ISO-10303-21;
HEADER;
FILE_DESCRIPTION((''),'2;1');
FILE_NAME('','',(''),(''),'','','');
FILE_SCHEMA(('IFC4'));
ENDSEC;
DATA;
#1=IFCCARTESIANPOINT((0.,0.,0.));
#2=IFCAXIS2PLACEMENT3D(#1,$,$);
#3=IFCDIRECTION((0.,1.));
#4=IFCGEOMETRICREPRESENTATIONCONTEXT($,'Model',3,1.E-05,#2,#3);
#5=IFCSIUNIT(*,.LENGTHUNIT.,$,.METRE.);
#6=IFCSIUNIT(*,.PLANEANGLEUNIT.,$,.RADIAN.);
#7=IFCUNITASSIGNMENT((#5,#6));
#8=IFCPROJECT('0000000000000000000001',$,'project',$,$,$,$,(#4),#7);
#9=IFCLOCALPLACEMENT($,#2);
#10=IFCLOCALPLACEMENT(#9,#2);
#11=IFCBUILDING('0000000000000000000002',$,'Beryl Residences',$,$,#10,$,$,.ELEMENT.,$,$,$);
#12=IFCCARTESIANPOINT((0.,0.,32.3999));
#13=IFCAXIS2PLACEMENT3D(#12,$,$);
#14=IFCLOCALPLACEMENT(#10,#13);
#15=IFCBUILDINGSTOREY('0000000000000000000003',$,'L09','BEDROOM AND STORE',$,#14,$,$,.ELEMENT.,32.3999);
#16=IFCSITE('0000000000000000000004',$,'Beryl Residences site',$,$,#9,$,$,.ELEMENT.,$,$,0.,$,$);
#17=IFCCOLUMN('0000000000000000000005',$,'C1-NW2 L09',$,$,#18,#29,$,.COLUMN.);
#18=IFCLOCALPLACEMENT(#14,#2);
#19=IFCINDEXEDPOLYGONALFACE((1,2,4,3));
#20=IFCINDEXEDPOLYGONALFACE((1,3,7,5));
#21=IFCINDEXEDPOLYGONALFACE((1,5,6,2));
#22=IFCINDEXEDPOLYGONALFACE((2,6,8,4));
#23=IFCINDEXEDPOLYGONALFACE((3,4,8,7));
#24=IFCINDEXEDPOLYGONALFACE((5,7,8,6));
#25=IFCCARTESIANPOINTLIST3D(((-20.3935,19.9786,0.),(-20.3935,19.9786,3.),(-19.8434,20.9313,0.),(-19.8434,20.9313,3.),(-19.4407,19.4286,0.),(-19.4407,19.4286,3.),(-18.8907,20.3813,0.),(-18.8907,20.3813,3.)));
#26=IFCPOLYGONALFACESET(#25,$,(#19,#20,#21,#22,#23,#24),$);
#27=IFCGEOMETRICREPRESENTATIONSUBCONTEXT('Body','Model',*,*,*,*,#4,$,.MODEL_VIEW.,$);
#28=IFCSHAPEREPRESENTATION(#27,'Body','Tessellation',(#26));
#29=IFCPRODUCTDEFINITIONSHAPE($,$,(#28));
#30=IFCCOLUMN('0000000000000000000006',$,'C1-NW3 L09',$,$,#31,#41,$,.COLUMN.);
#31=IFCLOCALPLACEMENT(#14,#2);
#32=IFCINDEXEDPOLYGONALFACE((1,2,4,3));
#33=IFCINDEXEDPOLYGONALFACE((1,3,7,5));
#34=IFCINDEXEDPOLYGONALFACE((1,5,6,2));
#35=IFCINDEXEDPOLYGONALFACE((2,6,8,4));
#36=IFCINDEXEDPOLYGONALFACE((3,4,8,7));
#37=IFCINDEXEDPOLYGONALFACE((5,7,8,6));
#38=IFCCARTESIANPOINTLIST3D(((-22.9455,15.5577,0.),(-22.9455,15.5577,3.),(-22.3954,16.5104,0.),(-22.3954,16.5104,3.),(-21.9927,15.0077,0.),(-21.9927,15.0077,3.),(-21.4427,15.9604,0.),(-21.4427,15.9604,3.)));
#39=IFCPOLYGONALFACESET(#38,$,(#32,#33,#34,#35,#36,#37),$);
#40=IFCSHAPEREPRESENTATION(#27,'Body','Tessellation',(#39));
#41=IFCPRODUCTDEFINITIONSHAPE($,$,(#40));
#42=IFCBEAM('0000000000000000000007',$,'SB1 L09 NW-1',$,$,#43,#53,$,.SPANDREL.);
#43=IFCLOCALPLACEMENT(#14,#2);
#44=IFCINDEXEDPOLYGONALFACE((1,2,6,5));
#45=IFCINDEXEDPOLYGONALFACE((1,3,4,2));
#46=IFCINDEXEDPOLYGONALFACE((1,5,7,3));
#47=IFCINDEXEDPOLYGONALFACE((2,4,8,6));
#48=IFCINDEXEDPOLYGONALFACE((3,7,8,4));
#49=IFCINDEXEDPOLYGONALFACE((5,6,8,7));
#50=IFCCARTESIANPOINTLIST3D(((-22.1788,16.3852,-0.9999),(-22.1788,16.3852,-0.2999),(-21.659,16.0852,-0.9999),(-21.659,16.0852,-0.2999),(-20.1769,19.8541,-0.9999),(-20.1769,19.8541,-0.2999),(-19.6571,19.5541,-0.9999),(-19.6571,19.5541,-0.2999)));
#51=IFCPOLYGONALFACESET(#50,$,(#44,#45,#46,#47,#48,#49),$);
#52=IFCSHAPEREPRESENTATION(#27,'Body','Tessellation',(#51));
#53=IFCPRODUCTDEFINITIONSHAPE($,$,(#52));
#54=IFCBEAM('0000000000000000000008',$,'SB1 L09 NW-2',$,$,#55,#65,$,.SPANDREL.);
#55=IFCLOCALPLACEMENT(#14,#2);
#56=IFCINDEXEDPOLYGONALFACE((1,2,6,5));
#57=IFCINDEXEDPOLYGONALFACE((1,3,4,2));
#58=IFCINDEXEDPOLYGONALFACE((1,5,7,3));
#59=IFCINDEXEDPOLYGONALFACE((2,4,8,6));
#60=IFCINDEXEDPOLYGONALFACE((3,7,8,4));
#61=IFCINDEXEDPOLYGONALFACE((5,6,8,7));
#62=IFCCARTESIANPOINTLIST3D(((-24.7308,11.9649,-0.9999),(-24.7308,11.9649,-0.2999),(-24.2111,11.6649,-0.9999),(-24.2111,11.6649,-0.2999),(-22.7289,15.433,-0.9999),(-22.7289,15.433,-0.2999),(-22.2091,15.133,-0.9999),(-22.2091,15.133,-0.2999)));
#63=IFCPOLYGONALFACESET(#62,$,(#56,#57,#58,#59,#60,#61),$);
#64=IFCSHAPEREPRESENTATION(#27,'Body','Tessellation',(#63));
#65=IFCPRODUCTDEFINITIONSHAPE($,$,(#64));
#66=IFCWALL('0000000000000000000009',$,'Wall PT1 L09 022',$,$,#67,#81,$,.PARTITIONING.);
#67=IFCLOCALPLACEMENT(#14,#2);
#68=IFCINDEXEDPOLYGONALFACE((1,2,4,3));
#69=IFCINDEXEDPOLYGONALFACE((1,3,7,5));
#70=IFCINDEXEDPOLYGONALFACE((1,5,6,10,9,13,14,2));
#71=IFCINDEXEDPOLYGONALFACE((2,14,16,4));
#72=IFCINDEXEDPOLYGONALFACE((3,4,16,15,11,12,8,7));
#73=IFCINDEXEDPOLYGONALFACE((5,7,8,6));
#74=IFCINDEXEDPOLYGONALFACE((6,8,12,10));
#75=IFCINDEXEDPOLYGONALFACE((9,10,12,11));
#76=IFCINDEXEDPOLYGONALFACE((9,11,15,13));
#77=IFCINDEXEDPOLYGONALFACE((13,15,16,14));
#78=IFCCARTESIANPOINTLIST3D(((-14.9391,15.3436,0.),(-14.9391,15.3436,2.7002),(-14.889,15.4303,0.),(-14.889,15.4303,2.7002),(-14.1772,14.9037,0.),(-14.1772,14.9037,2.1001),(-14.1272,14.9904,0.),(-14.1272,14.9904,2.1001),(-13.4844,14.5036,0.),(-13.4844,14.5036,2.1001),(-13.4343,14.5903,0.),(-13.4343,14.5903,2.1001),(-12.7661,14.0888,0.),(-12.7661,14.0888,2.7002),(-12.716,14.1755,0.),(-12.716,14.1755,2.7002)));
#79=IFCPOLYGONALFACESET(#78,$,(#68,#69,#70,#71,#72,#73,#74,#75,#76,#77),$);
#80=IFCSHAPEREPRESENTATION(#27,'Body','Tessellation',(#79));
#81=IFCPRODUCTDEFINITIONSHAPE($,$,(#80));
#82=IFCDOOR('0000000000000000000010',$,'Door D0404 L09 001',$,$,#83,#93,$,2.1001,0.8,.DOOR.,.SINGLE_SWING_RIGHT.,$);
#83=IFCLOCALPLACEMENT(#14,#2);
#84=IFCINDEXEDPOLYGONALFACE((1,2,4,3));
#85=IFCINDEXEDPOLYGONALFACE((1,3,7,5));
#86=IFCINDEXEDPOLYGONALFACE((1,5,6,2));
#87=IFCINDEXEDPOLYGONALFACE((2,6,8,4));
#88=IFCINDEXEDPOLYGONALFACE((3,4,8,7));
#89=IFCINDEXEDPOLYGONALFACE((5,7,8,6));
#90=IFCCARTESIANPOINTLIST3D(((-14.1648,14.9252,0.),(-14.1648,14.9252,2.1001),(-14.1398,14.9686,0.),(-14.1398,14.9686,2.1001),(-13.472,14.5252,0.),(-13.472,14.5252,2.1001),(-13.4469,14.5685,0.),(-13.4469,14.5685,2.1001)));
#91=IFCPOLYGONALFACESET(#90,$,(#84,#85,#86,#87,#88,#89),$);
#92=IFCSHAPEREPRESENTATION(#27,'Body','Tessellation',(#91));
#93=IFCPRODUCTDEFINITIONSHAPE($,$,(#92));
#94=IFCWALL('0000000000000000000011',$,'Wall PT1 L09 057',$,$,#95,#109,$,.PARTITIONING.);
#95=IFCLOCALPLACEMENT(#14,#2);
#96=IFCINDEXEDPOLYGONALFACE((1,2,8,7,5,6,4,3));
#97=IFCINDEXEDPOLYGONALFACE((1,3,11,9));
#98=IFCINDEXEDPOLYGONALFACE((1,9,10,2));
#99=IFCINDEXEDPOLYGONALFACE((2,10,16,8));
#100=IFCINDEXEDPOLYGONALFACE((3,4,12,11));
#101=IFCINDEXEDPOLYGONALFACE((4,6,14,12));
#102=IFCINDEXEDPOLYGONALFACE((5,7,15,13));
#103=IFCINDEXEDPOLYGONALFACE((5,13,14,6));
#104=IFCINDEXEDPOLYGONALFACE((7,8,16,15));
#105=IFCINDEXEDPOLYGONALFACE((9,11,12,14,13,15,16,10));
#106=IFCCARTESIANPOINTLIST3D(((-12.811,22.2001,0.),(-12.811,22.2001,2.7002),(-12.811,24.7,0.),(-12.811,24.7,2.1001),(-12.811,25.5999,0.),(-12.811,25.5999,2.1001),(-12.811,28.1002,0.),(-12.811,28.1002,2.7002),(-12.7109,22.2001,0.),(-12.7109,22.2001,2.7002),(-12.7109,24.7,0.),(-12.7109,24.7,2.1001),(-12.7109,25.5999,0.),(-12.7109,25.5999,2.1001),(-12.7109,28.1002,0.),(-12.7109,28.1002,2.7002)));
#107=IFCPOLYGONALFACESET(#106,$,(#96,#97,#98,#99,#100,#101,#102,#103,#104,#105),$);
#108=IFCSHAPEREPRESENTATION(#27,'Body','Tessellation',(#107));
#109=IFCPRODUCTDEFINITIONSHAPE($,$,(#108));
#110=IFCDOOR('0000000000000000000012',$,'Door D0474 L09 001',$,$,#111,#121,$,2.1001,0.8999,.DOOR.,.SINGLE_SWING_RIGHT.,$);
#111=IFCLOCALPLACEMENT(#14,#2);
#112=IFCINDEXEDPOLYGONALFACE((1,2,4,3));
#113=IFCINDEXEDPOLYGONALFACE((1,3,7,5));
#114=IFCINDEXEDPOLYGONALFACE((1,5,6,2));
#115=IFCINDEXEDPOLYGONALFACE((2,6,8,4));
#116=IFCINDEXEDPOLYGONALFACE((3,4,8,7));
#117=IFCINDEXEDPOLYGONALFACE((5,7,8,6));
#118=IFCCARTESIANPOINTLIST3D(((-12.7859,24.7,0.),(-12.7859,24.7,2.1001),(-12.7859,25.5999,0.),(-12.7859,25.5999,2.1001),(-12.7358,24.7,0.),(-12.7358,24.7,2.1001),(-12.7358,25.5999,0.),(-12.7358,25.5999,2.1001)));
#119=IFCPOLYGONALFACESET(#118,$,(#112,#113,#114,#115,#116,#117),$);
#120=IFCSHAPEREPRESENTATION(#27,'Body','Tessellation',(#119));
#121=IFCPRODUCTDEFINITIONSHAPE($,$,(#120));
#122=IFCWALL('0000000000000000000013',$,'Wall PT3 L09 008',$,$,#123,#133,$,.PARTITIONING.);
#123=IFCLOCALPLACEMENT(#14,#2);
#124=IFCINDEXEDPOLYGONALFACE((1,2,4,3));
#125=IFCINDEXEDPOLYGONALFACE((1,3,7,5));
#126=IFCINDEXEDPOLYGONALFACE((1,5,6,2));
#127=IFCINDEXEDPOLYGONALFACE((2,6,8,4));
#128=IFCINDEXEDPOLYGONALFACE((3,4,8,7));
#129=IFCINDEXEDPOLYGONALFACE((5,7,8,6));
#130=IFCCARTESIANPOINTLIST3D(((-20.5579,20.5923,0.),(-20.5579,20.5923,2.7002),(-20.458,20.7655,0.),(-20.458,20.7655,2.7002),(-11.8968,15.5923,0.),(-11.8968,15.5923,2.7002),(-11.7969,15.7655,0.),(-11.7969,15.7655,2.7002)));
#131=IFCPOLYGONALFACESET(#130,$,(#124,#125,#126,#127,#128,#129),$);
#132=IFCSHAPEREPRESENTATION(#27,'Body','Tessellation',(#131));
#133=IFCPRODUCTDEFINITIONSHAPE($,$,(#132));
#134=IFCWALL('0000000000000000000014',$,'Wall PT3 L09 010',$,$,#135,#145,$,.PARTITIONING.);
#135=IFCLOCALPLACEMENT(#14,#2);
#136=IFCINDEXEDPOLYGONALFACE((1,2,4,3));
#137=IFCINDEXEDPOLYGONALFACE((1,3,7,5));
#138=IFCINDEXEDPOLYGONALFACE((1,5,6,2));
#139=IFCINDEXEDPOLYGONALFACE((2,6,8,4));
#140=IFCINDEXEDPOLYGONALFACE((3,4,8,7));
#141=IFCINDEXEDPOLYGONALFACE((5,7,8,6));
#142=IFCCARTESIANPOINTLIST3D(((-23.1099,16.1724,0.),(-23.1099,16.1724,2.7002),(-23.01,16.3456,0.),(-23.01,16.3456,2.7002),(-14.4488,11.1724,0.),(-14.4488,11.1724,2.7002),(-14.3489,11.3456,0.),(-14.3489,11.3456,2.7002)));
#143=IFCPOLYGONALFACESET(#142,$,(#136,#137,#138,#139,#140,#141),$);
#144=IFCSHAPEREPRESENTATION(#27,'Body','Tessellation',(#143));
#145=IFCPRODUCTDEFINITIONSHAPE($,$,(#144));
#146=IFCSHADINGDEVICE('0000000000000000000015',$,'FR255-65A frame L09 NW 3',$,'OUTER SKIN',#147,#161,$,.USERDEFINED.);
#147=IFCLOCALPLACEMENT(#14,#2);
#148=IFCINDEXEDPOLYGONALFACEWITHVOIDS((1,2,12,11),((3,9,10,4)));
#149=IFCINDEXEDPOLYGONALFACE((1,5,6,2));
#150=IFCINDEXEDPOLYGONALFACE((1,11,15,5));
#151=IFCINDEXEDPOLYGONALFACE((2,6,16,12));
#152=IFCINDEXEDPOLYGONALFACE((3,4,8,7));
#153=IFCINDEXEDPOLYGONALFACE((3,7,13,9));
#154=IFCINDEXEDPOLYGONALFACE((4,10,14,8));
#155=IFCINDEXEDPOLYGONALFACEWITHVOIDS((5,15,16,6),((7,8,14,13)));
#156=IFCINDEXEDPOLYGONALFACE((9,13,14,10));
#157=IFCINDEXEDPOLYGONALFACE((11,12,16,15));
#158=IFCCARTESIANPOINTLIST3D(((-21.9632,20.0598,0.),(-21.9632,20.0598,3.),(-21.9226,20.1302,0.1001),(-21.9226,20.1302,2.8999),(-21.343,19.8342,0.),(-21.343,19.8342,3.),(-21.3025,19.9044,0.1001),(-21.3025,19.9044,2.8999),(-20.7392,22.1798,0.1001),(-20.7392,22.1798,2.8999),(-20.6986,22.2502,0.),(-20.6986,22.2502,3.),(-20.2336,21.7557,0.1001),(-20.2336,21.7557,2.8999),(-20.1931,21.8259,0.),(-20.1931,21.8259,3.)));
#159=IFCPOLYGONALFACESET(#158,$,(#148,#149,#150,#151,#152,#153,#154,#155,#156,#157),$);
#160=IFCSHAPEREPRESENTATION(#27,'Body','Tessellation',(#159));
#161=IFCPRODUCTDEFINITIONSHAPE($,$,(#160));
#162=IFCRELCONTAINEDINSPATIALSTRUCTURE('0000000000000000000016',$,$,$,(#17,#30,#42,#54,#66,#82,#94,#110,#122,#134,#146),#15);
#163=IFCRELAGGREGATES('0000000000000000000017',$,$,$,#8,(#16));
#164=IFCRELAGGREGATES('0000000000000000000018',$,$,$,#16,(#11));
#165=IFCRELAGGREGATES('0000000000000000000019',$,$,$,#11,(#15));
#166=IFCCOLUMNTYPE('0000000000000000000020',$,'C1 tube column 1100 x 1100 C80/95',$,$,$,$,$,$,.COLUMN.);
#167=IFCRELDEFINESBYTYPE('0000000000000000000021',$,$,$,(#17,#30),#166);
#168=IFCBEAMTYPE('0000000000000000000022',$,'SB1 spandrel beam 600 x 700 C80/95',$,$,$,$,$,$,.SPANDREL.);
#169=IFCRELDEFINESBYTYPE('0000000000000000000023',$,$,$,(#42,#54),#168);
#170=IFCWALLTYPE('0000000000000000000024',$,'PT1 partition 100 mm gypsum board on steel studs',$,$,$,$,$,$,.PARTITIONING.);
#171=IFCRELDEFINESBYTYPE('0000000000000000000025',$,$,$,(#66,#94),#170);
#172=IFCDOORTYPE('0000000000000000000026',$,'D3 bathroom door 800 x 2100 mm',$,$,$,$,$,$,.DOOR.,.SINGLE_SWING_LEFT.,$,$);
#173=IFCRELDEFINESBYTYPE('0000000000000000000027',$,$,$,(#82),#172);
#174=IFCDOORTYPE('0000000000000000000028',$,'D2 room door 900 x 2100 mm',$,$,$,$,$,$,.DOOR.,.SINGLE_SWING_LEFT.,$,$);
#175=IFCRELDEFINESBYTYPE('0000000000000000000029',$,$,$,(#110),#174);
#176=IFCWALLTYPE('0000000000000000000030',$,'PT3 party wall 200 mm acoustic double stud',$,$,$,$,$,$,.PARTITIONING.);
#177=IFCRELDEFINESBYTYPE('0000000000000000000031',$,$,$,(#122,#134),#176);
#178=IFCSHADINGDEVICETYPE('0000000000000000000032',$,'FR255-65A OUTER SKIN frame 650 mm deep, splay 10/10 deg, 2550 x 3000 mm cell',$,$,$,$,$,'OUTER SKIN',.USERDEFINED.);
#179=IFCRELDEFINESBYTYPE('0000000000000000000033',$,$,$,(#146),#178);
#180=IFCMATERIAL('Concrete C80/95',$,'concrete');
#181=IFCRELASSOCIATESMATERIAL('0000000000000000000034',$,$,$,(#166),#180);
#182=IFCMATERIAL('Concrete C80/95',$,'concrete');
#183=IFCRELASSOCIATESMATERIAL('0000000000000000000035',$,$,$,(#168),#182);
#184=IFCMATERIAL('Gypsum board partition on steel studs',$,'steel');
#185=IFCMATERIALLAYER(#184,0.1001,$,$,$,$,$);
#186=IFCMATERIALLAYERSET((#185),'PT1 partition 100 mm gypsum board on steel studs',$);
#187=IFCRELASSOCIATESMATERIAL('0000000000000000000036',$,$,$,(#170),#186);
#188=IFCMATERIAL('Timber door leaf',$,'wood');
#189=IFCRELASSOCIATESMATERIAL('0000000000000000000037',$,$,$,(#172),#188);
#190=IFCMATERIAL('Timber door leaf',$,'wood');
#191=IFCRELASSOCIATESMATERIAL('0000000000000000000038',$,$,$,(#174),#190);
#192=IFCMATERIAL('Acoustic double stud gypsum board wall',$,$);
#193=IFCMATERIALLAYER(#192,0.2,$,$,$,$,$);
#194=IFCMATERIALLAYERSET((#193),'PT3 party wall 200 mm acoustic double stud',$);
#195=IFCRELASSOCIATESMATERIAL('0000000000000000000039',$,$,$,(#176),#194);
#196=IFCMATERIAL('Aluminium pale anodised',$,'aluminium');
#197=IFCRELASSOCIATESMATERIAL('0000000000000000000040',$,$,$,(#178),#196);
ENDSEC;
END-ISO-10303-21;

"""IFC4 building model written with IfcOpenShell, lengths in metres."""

from ifc_helpers import new_model, entity, si_unit, direction, frame, frame_2d, origin, origin_2d, place, context, subcontext, project, spatial, rectangle, extrude, source, transform, mapped, material, layer, layer_set, material_profile, profile_set, type_object, type_shapes, element, fill, save


model = new_model("IFC4")

# Units and contexts
model_context = context("Model", 3, precision=1e-05, world=origin(), true_north=direction((0.0, 1.0)))
body_context = subcontext(model_context, "Body", "Model", "MODEL_VIEW")
ifc_project = project(units=[si_unit("LENGTHUNIT", "METRE"), si_unit("PLANEANGLEUNIT", "RADIAN")], contexts=[model_context])

# Site, building, storey
site_placement = place(None, origin())
site = spatial("IfcSite", under=ifc_project, at=site_placement, Name="Beryl Residences site", CompositionType="ELEMENT", RefElevation=0.0)
building_placement = place(site_placement, origin())
building = spatial("IfcBuilding", under=site, at=building_placement, Name="Beryl Residences", CompositionType="ELEMENT")
storey_placement = place(building_placement, frame((0.0, 0.0, 32.3999)))
storey = spatial("IfcBuildingStorey", under=building, at=storey_placement, Name="L09", Description="BEDROOM AND STORE", CompositionType="ELEMENT", Elevation=32.3999)

# Columns
ifc_material_1 = material(Name="Concrete C80/95", Category="concrete")
ifc_material_profile_1 = material_profile(ifc_material_1, rectangle(XDim=1.1001, YDim=1.1001, at=origin_2d()))
ifc_profile_set_1 = profile_set([ifc_material_profile_1], Name="Concrete C80/95")
column_type = type_object("IfcColumnType", Name="C1 tube column 1100 x 1100 C80/95", PredefinedType="COLUMN", material=ifc_profile_set_1)
for number, where, z_axis, x_axis, name in (
    (1, (-19.6421, 20.1799, 0.0), (0.0, 0.0, 1.0), (-0.499985, -0.866034, 0.0), "C1-NW2 L09"),
    (2, (-22.1941, 15.759, 0.0), (0.0, 0.0, 1.0), (-0.499985, -0.866034, 0.0), "C1-NW3 L09"),
):
    element("IfcColumn", number, at=place(storey_placement, frame(where, z_axis=z_axis, x_axis=x_axis)), inside=storey, type_object=column_type, Name=name, PredefinedType="COLUMN", context=body_context, shape_type="SweptSolid", body=[
        extrude(rectangle(XDim=1.1001, YDim=1.1001, at=origin_2d()), origin(), (0.0, 0.0, 1.0), 3.0),
    ])

# Beams
ifc_material_2 = material(Name="Concrete C80/95", Category="concrete")
ifc_material_profile_2 = material_profile(ifc_material_2, rectangle(XDim=0.6001, YDim=0.7, at=origin_2d()))
ifc_profile_set_2 = profile_set([ifc_material_profile_2], Name="Concrete C80/95")
beam_type = type_object("IfcBeamType", Name="SB1 spandrel beam 600 x 700 C80/95", PredefinedType="SPANDREL", material=ifc_profile_set_2)
beam_1_placement = place(storey_placement, frame((-19.917, 19.7041, -0.6499), z_axis=(-0.499837, -0.86612, 0.0), x_axis=(0.86612, -0.499837, 0.0)))
element("IfcBeam", 3, at=beam_1_placement, inside=storey, type_object=beam_type, Name="SB1 L09 NW-1", PredefinedType="SPANDREL", context=body_context, shape_type="SweptSolid", body=[
    extrude(rectangle(XDim=0.6001, YDim=0.7, at=origin_2d()), origin(), (0.0, 0.0, 1.0), 4.0051),
])
beam_2_placement = place(storey_placement, frame((-22.469, 15.283, -0.6499), z_axis=(-0.499942, -0.866059, 0.0), x_axis=(0.866059, -0.499942, 0.0)))
element("IfcBeam", 4, at=beam_2_placement, inside=storey, type_object=beam_type, Name="SB1 L09 NW-2", PredefinedType="SPANDREL", context=body_context, shape_type="SweptSolid", body=[
    extrude(rectangle(XDim=0.6001, YDim=0.7, at=origin_2d()), origin(), (0.0, 0.0, 1.0), 4.0044),
])

# Walls, openings, doors
ifc_material_3 = material(Name="Gypsum board partition on steel studs", Category="steel")
ifc_layer_1 = layer(ifc_material_3, 0.1001)
ifc_layer_set_1 = layer_set([ifc_layer_1], Name="PT1 partition 100 mm gypsum board on steel studs")
wall_type_1 = type_object("IfcWallType", Name="PT1 partition 100 mm gypsum board on steel studs", PredefinedType="PARTITIONING", material=ifc_layer_set_1)
wall_1_placement = place(storey_placement, frame((-14.9141, 15.387, 0.0), z_axis=(0.0, 0.0, 1.0), x_axis=(0.865983, -0.500073, 0.0)))
wall_1 = element("IfcWall", 5, at=wall_1_placement, inside=storey, type_object=wall_type_1, Name="Wall PT1 L09 022", PredefinedType="PARTITIONING", context=body_context, shape_type="SweptSolid", body=[
    extrude(rectangle(XDim=2.5093, YDim=0.1001, at=frame_2d((1.2546, 0.0))), origin(), (0.0, 0.0, 1.0), 2.7002),
])
opening_1_placement = place(wall_1_placement, frame((0.8799, 0.0, 0.0)))
opening_1 = element("IfcOpeningElement", 6, at=opening_1_placement, cuts=wall_1, PredefinedType="OPENING", context=body_context, shape_type="SweptSolid", body=[
    extrude(rectangle(XDim=0.8, YDim=2.1001, at=frame_2d((0.3999, 1.05))), frame((0.0, 0.0601, 0.0), z_axis=(0.0, -1.0, 0.0), x_axis=(1.0, 0.0, 0.0)), (0.0, 0.0, 1.0), 0.1201),
])
ifc_material_4 = material(Name="Timber door leaf", Category="wood")
door_type_1 = type_object("IfcDoorType", Name="D3 bathroom door 800 x 2100 mm", OperationType="SINGLE_SWING_LEFT", PredefinedType="DOOR", material=ifc_material_4)
door_1_placement = place(opening_1_placement, origin())
door_1 = element("IfcDoor", 7, at=door_1_placement, inside=storey, type_object=door_type_1, Name="Door D0404 L09 001", OperationType="SINGLE_SWING_RIGHT", OverallHeight=2.1001, OverallWidth=0.8, PredefinedType="DOOR", context=body_context, shape_type="SweptSolid", body=[
    extrude(rectangle(XDim=0.8, YDim=2.1001, at=frame_2d((0.3999, 1.05))), frame((0.0, 0.0249, 0.0), z_axis=(0.0, -1.0, 0.0), x_axis=(1.0, 0.0, 0.0)), (0.0, 0.0, 1.0), 0.05),
])
fill(opening_1, door_1)
wall_2_placement = place(storey_placement, frame((-12.761, 22.2, 0.0), z_axis=(0.0, 0.0, 1.0), x_axis=(0.0, 1.0, 0.0)))
wall_2 = element("IfcWall", 8, at=wall_2_placement, inside=storey, type_object=wall_type_1, Name="Wall PT1 L09 057", PredefinedType="PARTITIONING", context=body_context, shape_type="SweptSolid", body=[
    extrude(rectangle(XDim=5.9001, YDim=0.1001, at=frame_2d((2.9502, 0.0))), origin(), (0.0, 0.0, 1.0), 2.7002),
])
opening_2_placement = place(wall_2_placement, frame((2.5, 0.0, 0.0)))
opening_2 = element("IfcOpeningElement", 9, at=opening_2_placement, cuts=wall_2, PredefinedType="OPENING", context=body_context, shape_type="SweptSolid", body=[
    extrude(rectangle(XDim=0.8999, YDim=2.1001, at=frame_2d((0.45, 1.05))), frame((0.0, 0.0601, 0.0), z_axis=(0.0, -1.0, 0.0), x_axis=(1.0, 0.0, 0.0)), (0.0, 0.0, 1.0), 0.1201),
])
ifc_material_5 = material(Name="Timber door leaf", Category="wood")
door_type_2 = type_object("IfcDoorType", Name="D2 room door 900 x 2100 mm", OperationType="SINGLE_SWING_LEFT", PredefinedType="DOOR", material=ifc_material_5)
door_2_placement = place(opening_2_placement, origin())
door_2 = element("IfcDoor", 10, at=door_2_placement, inside=storey, type_object=door_type_2, Name="Door D0474 L09 001", OperationType="SINGLE_SWING_RIGHT", OverallHeight=2.1001, OverallWidth=0.8999, PredefinedType="DOOR", context=body_context, shape_type="SweptSolid", body=[
    extrude(rectangle(XDim=0.8999, YDim=2.1001, at=frame_2d((0.45, 1.05))), frame((0.0, 0.0249, 0.0), z_axis=(0.0, -1.0, 0.0), x_axis=(1.0, 0.0, 0.0)), (0.0, 0.0, 1.0), 0.05),
])
fill(opening_2, door_2)

# Walls
ifc_material_6 = material(Name="Acoustic double stud gypsum board wall")
ifc_layer_2 = layer(ifc_material_6, 0.2)
ifc_layer_set_2 = layer_set([ifc_layer_2], Name="PT3 party wall 200 mm acoustic double stud")
wall_type_2 = type_object("IfcWallType", Name="PT3 party wall 200 mm acoustic double stud", PredefinedType="PARTITIONING", material=ifc_layer_set_2)
for number, where, z_axis, x_axis, name in (
    (11, (-20.5081, 20.679, 0.0), (0.0, 0.0, 1.0), (0.866047, -0.499962, 0.0), "Wall PT3 L09 008"),
    (12, (-23.0601, 16.259, 0.0), (0.0, 0.0, 1.0), (0.866047, -0.499962, 0.0), "Wall PT3 L09 010"),
):
    element("IfcWall", number, at=place(storey_placement, frame(where, z_axis=z_axis, x_axis=x_axis)), inside=storey, type_object=wall_type_2, Name=name, PredefinedType="PARTITIONING", context=body_context, shape_type="SweptSolid", body=[
        extrude(rectangle(XDim=10.0007, YDim=0.2, at=frame_2d((5.0005, 0.0))), origin(), (0.0, 0.0, 1.0), 2.7002),
    ])

# Shading device
ifc_material_7 = material(Name="Aluminium pale anodised", Category="aluminium")
shading_device_type = type_object("IfcShadingDeviceType", Name="FR255-65A OUTER SKIN frame 650 mm deep, splay 10/10 deg, 2550 x 3000 mm cell", ElementType="OUTER SKIN", PredefinedType="USERDEFINED", material=ifc_material_7)
cartesian_point_1 = entity("IfcCartesianPoint", [-1.1499, 0.0])
cartesian_point_2 = entity("IfcCartesianPoint", [-1.0688, 0.1001])
cartesian_point_3 = entity("IfcCartesianPoint", [-1.2646, 0.0])
cartesian_point_4 = entity("IfcCartesianPoint", [-1.1833, 0.1001])
shared_shape = source(origin(), body_context, "Body", "SweptSolid", [
    entity("IfcExtrudedAreaSolidTapered", entity("IfcArbitraryProfileDefWithVoids", "AREA", None, entity("IfcPolyline", [cartesian_point_1, entity("IfcCartesianPoint", [1.1499, 0.0]), entity("IfcCartesianPoint", [1.1499, 3.0]), entity("IfcCartesianPoint", [-1.1499, 3.0]), cartesian_point_1]), [entity("IfcPolyline", [cartesian_point_2, entity("IfcCartesianPoint", [1.0688, 0.1001]), entity("IfcCartesianPoint", [1.0688, 2.8999]), entity("IfcCartesianPoint", [-1.0688, 2.8999]), cartesian_point_2])]), entity("IfcAxis2Placement3D", entity("IfcCartesianPoint", [0.0, 0.0, 0.0]), entity("IfcDirection", [0.0, 1.0, 0.0]), entity("IfcDirection", [-1.0, 0.0, 0.0])), entity("IfcDirection", [0.0, 0.0, 1.0]), 0.6499, entity("IfcArbitraryProfileDefWithVoids", "AREA", None, entity("IfcPolyline", [cartesian_point_3, entity("IfcCartesianPoint", [1.2646, 0.0]), entity("IfcCartesianPoint", [1.2646, 3.0]), entity("IfcCartesianPoint", [-1.2646, 3.0]), cartesian_point_3]), [entity("IfcPolyline", [cartesian_point_4, entity("IfcCartesianPoint", [1.1833, 0.1001]), entity("IfcCartesianPoint", [1.1833, 2.8999]), entity("IfcCartesianPoint", [-1.1833, 2.8999]), cartesian_point_4])])),
])
type_shapes(shading_device_type, [shared_shape])
for number, where, z_axis, x_axis, name in (
    (13, (-20.7681, 20.8301, 0.0), (0.0, 0.0, 1.0), (0.5, 0.866025, 0.0), "FR255-65A frame L09 NW 3"),
):
    element("IfcShadingDevice", number, at=place(storey_placement, frame(where, z_axis=z_axis, x_axis=x_axis)), inside=storey, type_object=shading_device_type, Name=name, ObjectType="OUTER SKIN", PredefinedType="USERDEFINED", context=body_context, shape_type="MappedRepresentation", body=[
        mapped(shared_shape, transform((0.0, 0.0, 0.0))),
    ])

save(model, "model.ifc")
